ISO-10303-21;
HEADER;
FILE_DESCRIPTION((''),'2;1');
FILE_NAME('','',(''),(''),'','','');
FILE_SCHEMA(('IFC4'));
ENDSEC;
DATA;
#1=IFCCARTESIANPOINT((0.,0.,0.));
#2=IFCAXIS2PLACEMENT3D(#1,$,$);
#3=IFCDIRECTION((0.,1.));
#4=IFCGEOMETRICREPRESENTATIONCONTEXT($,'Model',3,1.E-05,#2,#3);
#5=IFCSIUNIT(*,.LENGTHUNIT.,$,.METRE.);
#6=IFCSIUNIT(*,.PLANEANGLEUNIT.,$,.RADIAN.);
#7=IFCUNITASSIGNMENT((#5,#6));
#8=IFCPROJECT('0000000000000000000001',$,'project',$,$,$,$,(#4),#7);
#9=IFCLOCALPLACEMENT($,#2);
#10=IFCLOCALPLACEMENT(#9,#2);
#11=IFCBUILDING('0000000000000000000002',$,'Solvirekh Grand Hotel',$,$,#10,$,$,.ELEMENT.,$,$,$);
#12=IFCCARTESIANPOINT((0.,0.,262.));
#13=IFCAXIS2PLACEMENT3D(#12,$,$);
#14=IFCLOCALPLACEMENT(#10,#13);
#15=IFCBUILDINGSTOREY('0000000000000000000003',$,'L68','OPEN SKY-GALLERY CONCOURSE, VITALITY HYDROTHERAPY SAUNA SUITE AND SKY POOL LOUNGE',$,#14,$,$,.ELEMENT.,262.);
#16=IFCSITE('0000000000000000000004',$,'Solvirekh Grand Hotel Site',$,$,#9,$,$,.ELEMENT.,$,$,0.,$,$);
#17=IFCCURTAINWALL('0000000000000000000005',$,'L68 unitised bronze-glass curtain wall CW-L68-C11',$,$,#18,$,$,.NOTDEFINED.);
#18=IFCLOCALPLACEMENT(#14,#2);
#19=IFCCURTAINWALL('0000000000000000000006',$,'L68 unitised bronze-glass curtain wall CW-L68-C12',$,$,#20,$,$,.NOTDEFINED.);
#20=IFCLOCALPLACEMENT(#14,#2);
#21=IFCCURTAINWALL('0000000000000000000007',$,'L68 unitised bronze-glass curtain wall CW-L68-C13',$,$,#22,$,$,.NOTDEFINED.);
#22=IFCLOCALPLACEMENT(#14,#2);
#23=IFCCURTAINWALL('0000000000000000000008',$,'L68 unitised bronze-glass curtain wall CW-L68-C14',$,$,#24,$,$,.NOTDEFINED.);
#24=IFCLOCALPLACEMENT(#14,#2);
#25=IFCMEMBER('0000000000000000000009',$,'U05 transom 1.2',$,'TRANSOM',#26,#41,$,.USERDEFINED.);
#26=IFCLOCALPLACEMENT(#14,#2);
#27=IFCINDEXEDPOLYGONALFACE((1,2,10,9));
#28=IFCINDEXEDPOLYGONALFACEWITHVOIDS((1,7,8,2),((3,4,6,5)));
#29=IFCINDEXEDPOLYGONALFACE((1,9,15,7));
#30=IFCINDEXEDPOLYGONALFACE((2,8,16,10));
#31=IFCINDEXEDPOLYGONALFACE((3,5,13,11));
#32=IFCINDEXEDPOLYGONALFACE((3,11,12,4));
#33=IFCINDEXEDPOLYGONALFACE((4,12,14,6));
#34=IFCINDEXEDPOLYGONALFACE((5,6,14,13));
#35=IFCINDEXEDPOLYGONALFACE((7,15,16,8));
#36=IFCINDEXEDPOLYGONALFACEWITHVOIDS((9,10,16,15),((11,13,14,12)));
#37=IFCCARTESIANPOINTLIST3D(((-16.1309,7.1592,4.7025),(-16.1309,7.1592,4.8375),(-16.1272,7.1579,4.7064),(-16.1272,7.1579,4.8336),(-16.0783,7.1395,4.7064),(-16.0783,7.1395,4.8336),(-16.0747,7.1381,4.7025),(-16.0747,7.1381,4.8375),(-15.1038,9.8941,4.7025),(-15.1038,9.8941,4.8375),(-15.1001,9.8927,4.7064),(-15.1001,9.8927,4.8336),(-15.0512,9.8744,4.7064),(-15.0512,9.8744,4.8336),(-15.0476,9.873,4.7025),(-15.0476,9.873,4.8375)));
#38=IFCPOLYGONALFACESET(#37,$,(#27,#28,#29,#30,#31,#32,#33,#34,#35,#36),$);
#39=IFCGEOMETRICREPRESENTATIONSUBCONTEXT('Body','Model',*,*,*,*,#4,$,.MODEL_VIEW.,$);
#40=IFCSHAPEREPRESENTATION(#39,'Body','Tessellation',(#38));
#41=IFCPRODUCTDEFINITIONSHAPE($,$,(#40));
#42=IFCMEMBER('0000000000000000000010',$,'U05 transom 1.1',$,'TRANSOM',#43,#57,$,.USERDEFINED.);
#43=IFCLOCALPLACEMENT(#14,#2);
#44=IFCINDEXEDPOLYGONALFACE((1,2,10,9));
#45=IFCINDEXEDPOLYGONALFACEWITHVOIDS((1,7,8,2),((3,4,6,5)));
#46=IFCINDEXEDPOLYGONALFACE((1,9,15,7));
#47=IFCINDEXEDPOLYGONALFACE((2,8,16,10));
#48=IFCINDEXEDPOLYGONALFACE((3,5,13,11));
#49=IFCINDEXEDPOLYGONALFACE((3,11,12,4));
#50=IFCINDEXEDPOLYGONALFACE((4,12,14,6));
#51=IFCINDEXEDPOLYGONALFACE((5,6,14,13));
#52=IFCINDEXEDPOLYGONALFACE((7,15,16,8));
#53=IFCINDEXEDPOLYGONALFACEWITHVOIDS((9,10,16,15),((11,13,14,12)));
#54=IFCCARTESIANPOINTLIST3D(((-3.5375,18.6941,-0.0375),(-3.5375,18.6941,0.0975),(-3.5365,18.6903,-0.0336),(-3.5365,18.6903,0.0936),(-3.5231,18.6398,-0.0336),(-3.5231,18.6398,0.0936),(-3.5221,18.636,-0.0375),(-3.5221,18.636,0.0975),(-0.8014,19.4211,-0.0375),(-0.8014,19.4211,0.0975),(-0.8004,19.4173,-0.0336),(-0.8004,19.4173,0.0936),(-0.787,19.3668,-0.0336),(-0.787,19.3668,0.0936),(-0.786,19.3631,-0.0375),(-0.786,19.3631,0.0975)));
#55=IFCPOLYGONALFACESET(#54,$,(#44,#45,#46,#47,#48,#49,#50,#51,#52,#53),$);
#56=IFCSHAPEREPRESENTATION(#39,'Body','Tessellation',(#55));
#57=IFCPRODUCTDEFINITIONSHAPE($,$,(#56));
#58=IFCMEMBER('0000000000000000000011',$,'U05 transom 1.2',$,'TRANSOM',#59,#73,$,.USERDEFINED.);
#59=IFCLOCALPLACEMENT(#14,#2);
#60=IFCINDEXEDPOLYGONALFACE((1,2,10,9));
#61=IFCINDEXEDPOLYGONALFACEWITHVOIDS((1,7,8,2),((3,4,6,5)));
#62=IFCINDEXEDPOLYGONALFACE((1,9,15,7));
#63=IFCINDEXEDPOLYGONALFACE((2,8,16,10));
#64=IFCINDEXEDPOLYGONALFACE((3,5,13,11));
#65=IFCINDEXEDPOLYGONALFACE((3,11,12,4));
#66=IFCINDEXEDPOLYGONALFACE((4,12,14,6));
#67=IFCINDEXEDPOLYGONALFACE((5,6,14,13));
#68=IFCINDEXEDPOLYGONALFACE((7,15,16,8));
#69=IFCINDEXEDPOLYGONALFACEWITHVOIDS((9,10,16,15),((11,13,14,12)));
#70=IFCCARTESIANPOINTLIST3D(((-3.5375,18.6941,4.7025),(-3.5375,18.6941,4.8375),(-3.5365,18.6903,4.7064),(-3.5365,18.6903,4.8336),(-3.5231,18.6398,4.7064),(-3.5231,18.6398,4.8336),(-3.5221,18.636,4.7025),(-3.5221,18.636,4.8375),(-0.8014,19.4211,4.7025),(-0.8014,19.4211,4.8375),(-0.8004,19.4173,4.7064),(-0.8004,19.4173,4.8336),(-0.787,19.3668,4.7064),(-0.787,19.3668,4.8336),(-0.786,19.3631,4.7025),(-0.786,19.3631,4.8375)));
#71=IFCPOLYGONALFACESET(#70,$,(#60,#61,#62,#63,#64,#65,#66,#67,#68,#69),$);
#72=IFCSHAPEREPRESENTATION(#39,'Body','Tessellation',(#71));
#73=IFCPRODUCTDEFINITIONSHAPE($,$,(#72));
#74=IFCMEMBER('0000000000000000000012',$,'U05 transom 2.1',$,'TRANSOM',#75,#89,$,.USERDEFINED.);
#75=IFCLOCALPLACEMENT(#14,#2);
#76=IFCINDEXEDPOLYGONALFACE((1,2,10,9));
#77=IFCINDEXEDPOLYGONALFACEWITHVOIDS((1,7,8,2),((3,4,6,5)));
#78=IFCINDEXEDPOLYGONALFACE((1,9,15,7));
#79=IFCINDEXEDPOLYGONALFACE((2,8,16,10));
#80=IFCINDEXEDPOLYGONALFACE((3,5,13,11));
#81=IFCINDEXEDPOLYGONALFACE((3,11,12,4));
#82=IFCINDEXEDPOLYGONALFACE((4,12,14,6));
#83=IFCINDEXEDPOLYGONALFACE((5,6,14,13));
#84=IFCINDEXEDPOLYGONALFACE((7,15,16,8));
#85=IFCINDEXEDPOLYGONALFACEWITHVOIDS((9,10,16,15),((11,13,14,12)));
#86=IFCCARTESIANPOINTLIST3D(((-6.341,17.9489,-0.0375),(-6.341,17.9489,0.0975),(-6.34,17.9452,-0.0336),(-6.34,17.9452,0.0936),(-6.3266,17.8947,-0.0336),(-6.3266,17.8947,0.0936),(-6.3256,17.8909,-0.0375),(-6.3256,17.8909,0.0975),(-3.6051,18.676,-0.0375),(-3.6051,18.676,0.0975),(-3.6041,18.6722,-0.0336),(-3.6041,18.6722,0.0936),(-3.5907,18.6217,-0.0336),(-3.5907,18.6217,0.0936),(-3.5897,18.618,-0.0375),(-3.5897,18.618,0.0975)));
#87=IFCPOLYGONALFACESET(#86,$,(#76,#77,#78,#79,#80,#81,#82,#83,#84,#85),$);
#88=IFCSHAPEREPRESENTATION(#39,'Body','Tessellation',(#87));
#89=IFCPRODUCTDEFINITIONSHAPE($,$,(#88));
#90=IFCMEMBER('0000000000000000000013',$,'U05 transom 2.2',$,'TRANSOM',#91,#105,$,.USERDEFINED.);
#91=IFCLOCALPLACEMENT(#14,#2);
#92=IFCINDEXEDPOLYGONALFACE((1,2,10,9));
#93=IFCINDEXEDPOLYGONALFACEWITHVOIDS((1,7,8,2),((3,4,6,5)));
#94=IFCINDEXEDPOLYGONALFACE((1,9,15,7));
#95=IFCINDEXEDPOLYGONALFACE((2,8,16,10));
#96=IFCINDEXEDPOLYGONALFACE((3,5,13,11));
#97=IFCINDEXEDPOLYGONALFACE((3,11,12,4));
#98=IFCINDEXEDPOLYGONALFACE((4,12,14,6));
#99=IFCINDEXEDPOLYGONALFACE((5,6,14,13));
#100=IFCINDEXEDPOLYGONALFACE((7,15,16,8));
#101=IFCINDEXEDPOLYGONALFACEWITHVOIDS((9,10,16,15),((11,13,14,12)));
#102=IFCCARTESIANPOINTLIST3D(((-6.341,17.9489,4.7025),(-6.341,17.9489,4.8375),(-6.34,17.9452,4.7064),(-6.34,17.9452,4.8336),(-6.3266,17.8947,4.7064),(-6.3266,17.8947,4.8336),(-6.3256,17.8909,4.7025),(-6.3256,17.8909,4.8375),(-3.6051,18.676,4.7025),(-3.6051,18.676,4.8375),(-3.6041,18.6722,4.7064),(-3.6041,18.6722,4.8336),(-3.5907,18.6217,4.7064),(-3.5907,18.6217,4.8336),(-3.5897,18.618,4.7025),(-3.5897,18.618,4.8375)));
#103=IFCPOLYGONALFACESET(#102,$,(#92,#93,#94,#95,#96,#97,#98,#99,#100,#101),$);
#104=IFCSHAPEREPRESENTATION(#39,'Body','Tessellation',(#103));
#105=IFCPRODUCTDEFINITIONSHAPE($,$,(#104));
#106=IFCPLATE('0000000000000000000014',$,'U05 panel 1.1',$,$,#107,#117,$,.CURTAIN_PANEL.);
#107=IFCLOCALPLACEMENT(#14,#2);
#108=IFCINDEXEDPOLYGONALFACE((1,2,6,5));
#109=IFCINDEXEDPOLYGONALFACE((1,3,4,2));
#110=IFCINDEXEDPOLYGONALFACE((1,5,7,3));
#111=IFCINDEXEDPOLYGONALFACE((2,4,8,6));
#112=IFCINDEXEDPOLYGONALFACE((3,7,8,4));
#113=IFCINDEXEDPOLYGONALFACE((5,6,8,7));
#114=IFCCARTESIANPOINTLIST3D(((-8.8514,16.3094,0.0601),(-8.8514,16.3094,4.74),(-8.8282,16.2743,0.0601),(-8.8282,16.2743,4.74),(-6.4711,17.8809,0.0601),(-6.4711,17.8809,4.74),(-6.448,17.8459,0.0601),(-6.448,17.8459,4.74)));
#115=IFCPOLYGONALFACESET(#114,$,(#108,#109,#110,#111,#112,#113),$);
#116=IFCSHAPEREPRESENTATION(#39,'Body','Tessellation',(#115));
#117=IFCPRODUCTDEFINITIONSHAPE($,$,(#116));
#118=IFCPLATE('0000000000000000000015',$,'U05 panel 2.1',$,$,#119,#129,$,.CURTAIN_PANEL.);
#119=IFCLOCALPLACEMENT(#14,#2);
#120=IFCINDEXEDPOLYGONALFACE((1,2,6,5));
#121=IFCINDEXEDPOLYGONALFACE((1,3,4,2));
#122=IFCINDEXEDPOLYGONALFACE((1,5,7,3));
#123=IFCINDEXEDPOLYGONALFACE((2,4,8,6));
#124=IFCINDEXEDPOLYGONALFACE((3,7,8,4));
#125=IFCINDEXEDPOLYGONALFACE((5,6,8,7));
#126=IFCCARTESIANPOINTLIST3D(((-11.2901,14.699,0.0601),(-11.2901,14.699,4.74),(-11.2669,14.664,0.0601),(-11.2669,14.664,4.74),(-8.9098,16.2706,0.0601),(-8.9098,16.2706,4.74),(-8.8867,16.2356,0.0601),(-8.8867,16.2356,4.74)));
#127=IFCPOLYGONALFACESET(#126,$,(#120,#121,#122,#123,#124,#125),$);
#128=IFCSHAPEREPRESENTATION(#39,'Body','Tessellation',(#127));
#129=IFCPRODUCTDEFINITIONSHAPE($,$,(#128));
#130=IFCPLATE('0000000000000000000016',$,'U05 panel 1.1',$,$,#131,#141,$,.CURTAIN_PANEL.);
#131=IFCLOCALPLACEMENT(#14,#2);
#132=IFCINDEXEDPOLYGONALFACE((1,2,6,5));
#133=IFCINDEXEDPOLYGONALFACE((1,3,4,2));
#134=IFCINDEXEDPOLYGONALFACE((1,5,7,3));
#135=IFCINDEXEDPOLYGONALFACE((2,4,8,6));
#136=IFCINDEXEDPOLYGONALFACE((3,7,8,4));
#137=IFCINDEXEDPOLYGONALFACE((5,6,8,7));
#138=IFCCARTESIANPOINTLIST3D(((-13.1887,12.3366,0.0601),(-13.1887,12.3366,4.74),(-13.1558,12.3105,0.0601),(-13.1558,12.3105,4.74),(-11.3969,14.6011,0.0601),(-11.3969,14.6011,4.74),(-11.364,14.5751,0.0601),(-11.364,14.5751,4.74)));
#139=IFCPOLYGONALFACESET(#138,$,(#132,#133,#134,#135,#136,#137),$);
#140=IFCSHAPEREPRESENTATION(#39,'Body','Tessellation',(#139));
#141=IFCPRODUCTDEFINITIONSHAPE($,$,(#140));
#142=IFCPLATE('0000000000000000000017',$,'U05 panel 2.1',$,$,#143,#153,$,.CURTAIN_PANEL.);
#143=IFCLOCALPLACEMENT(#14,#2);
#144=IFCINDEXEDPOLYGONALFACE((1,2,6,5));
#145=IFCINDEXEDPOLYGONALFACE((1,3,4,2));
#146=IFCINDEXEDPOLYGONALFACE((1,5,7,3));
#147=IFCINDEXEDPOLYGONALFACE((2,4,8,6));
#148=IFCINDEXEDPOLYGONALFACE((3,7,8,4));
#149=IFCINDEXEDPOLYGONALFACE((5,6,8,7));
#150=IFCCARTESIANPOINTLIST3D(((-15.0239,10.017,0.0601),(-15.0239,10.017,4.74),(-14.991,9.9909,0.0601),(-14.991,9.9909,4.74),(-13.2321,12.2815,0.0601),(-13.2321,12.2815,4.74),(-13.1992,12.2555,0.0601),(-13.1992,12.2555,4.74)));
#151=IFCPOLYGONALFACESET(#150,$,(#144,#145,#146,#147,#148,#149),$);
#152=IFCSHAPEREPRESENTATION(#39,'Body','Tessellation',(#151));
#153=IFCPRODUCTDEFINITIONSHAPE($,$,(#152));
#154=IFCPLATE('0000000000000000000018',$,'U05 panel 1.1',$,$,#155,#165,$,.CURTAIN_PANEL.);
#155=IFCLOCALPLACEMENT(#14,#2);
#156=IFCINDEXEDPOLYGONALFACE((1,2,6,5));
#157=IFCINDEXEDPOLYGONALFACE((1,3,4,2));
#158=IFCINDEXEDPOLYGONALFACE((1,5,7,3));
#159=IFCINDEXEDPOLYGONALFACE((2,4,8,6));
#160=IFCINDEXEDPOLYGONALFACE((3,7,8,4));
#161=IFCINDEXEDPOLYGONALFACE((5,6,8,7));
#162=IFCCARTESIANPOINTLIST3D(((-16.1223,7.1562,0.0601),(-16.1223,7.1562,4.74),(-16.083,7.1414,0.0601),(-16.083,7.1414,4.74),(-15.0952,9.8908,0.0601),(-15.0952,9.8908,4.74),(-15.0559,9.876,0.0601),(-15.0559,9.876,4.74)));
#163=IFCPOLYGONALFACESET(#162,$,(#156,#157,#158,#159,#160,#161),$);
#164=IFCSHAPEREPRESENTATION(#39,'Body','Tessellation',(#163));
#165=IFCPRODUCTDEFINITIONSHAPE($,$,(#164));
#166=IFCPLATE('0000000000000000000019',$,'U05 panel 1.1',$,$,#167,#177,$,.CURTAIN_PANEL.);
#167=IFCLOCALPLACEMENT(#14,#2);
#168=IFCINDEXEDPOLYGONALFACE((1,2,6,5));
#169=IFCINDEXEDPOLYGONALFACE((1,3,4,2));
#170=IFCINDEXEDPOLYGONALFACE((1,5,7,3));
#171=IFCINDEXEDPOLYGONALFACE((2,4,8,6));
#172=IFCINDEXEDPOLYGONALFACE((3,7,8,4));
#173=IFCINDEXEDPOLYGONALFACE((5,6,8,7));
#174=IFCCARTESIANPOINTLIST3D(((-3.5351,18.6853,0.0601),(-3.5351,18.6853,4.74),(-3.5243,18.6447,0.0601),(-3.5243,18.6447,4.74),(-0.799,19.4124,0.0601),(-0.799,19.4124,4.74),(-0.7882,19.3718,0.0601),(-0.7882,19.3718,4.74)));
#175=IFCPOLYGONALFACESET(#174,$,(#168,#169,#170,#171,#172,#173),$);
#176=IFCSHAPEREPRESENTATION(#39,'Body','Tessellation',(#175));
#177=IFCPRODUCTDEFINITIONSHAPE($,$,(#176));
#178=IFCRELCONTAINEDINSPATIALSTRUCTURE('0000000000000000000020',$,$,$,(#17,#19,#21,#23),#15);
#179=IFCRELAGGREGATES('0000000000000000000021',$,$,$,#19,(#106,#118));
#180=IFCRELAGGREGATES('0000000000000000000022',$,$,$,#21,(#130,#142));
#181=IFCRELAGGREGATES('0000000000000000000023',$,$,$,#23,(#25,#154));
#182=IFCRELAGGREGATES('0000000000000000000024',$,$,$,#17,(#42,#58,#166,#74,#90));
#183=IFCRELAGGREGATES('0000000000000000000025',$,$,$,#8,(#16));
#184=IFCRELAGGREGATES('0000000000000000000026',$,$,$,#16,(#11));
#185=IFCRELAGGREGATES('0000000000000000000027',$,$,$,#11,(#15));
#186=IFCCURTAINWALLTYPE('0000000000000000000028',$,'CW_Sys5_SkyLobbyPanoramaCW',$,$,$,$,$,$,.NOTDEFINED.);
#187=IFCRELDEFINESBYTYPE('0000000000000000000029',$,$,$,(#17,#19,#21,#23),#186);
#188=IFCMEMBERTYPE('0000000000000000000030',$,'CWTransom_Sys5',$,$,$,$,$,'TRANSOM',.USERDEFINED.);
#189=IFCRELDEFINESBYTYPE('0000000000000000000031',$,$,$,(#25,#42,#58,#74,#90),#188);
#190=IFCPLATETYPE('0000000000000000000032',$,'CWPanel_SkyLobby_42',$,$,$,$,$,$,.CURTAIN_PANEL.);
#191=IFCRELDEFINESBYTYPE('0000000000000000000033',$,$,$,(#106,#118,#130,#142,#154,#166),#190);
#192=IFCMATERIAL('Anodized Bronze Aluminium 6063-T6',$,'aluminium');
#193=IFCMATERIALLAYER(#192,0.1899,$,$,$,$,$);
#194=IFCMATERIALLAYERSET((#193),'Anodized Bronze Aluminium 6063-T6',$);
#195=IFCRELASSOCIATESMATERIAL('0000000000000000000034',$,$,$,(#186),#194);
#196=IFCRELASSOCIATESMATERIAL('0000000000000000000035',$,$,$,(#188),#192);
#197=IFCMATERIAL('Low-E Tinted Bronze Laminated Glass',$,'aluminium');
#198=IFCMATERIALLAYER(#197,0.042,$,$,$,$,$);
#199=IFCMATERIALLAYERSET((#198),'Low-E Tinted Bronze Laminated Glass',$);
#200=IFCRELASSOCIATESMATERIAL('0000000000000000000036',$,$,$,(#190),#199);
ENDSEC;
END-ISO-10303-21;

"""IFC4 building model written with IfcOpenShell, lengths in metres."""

from ifc_helpers import new_model, si_unit, direction, frame, origin, origin_2d, place, context, subcontext, project, spatial, rectangle, hollow_rectangle, extrude, source, transform, mapped, material, layer, layer_set, material_profile, profile_set, type_object, element, aggregate, save


model = new_model("IFC4")

# Units and contexts
model_context = context("Model", 3, precision=1e-05, world=origin(), true_north=direction((0.0, 1.0)))
body_context = subcontext(model_context, "Body", "Model", "MODEL_VIEW")
ifc_project = project(units=[si_unit("LENGTHUNIT", "METRE"), si_unit("PLANEANGLEUNIT", "RADIAN")], contexts=[model_context])

# Site, building, storey
site_placement = place(None, origin())
site = spatial("IfcSite", under=ifc_project, at=site_placement, Name="Solvirekh Grand Hotel Site", CompositionType="ELEMENT", RefElevation=0.0)
building_placement = place(site_placement, origin())
building = spatial("IfcBuilding", under=site, at=building_placement, Name="Solvirekh Grand Hotel", CompositionType="ELEMENT")
storey_placement = place(building_placement, frame((0.0, 0.0, 262.0)))
storey = spatial("IfcBuildingStorey", under=building, at=storey_placement, Name="L68", Description="OPEN SKY-GALLERY CONCOURSE, VITALITY HYDROTHERAPY SAUNA SUITE AND SKY POOL LOUNGE", CompositionType="ELEMENT", Elevation=262.0)

# Shared definitions
ifc_material_1 = material(Name="Anodized Bronze Aluminium 6063-T6", Category="aluminium")
ifc_layer_1 = layer(ifc_material_1, 0.1899)
ifc_layer_set_1 = layer_set([ifc_layer_1], Name="Anodized Bronze Aluminium 6063-T6")
curtain_wall_type = type_object("IfcCurtainWallType", Name="CW_Sys5_SkyLobbyPanoramaCW", PredefinedType="NOTDEFINED", material=ifc_layer_set_1)

# Curtain walls
curtain_wall_1_placement = place(storey_placement, origin())
curtain_wall_1 = element("IfcCurtainWall", 1, at=curtain_wall_1_placement, inside=storey, type_object=curtain_wall_type, Name="L68 unitised bronze-glass curtain wall CW-L68-C11", PredefinedType="NOTDEFINED")
curtain_wall_2_placement = place(storey_placement, origin())
curtain_wall_2 = element("IfcCurtainWall", 2, at=curtain_wall_2_placement, inside=storey, type_object=curtain_wall_type, Name="L68 unitised bronze-glass curtain wall CW-L68-C12", PredefinedType="NOTDEFINED")
curtain_wall_3_placement = place(storey_placement, origin())
curtain_wall_3 = element("IfcCurtainWall", 3, at=curtain_wall_3_placement, inside=storey, type_object=curtain_wall_type, Name="L68 unitised bronze-glass curtain wall CW-L68-C13", PredefinedType="NOTDEFINED")
curtain_wall_4_placement = place(storey_placement, origin())
curtain_wall_4 = element("IfcCurtainWall", 4, at=curtain_wall_4_placement, inside=storey, type_object=curtain_wall_type, Name="L68 unitised bronze-glass curtain wall CW-L68-C14", PredefinedType="NOTDEFINED")

# Members
ifc_material_profile_1 = material_profile(ifc_material_1, hollow_rectangle(XDim=0.0601, YDim=0.135, WallThickness=0.0039, at=origin_2d()), Name="ALU RHS 135X60X4")
ifc_profile_set_1 = profile_set([ifc_material_profile_1], Name="Anodized Bronze Aluminium 6063-T6")
member_type_1 = type_object("IfcMemberType", Name="CWTransom_Sys5", ElementType="TRANSOM", PredefinedType="USERDEFINED", material=ifc_profile_set_1)
shared_shape_1 = source(origin(), body_context, "Body", "SweptSolid", [
    extrude(hollow_rectangle(XDim=0.0601, YDim=0.135, WallThickness=0.0039, at=origin_2d()), origin(), (0.0, 0.0, 1.0), 2.9214),
])
member_1_placement = place(storey_placement, frame((-15.0757, 9.8835, 4.77), z_axis=(-0.351581, -0.936157, 0.0), x_axis=(0.936157, -0.351581, 0.0)))
member_1 = element("IfcMember", 5, at=member_1_placement, type_object=member_type_1, Name="U05 transom 1.2", ObjectType="TRANSOM", PredefinedType="USERDEFINED", context=body_context, shape_type="MappedRepresentation", body=[
    mapped(shared_shape_1, transform((0.0, 0.0, 0.0), x_axis=(1.0, 0.0, 0.0), y_axis=(0.0, 1.0, 0.0), z_axis=(0.0, 0.0, 1.0), scale=1.0)),
])
shared_shape_2 = source(origin(), body_context, "Body", "SweptSolid", [
    extrude(hollow_rectangle(XDim=0.0601, YDim=0.135, WallThickness=0.0039, at=origin_2d()), origin(), (0.0, 0.0, 1.0), 2.8311),
])
member_2_placement = place(storey_placement, frame((-0.7937, 19.3921, 0.03), z_axis=(-0.966461, -0.256814, 0.0), x_axis=(0.256814, -0.966461, 0.0)))
member_2 = element("IfcMember", 6, at=member_2_placement, type_object=member_type_1, Name="U05 transom 1.1", ObjectType="TRANSOM", PredefinedType="USERDEFINED", context=body_context, shape_type="MappedRepresentation", body=[
    mapped(shared_shape_2, transform((0.0, 0.0, 0.0), x_axis=(1.0, 0.0, 0.0), y_axis=(0.0, 1.0, 0.0), z_axis=(0.0, 0.0, 1.0), scale=1.0)),
])
member_3_placement = place(storey_placement, frame((-0.7937, 19.3921, 4.77), z_axis=(-0.966461, -0.256814, 0.0), x_axis=(0.256814, -0.966461, 0.0)))
member_3 = element("IfcMember", 7, at=member_3_placement, type_object=member_type_1, Name="U05 transom 1.2", ObjectType="TRANSOM", PredefinedType="USERDEFINED", context=body_context, shape_type="MappedRepresentation", body=[
    mapped(shared_shape_2, transform((0.0, 0.0, 0.0), x_axis=(1.0, 0.0, 0.0), y_axis=(0.0, 1.0, 0.0), z_axis=(0.0, 0.0, 1.0), scale=1.0)),
])
shared_shape_3 = source(origin(), body_context, "Body", "SweptSolid", [
    extrude(hollow_rectangle(XDim=0.0601, YDim=0.135, WallThickness=0.0039, at=origin_2d()), origin(), (0.0, 0.0, 1.0), 2.8308),
])
member_4_placement = place(storey_placement, frame((-3.5974, 18.647, 0.03), z_axis=(-0.966455, -0.256836, 0.0), x_axis=(0.256836, -0.966455, 0.0)))
member_4 = element("IfcMember", 8, at=member_4_placement, type_object=member_type_1, Name="U05 transom 2.1", ObjectType="TRANSOM", PredefinedType="USERDEFINED", context=body_context, shape_type="MappedRepresentation", body=[
    mapped(shared_shape_3, transform((0.0, 0.0, 0.0), x_axis=(1.0, 0.0, 0.0), y_axis=(0.0, 1.0, 0.0), z_axis=(0.0, 0.0, 1.0), scale=1.0)),
])
member_5_placement = place(storey_placement, frame((-3.5974, 18.647, 4.77), z_axis=(-0.966455, -0.256836, 0.0), x_axis=(0.256836, -0.966455, 0.0)))
member_5 = element("IfcMember", 9, at=member_5_placement, type_object=member_type_1, Name="U05 transom 2.2", ObjectType="TRANSOM", PredefinedType="USERDEFINED", context=body_context, shape_type="MappedRepresentation", body=[
    mapped(shared_shape_3, transform((0.0, 0.0, 0.0), x_axis=(1.0, 0.0, 0.0), y_axis=(0.0, 1.0, 0.0), z_axis=(0.0, 0.0, 1.0), scale=1.0)),
])

# Plates
ifc_material_2 = material(Name="Low-E Tinted Bronze Laminated Glass", Category="aluminium")
ifc_layer_2 = layer(ifc_material_2, 0.042)
ifc_layer_set_2 = layer_set([ifc_layer_2], Name="Low-E Tinted Bronze Laminated Glass")
plate_type = type_object("IfcPlateType", Name="CWPanel_SkyLobby_42", PredefinedType="CURTAIN_PANEL", material=ifc_layer_set_2)
shared_shape_4 = source(origin(), body_context, "Body", "SweptSolid", [
    extrude(rectangle(XDim=2.8523, YDim=0.042, at=origin_2d()), origin(), (0.0, 0.0, 1.0), 4.6799),
])
plate_1_placement = place(storey_placement, frame((-7.6497, 17.0776, 0.0601), z_axis=(0.0, 0.0, 1.0), x_axis=(-0.834513, -0.550988, 0.0)))
plate_1 = element("IfcPlate", 10, at=plate_1_placement, type_object=plate_type, Name="U05 panel 1.1", PredefinedType="CURTAIN_PANEL", context=body_context, shape_type="MappedRepresentation", body=[
    mapped(shared_shape_4, transform((0.0, 0.0, 0.0), x_axis=(1.0, 0.0, 0.0), y_axis=(0.0, 1.0, 0.0), z_axis=(0.0, 0.0, 1.0), scale=1.0)),
])
plate_2_placement = place(storey_placement, frame((-10.0884, 15.4673, 0.0601), z_axis=(0.0, 0.0, 1.0), x_axis=(-0.834513, -0.550988, 0.0)))
plate_2 = element("IfcPlate", 11, at=plate_2_placement, type_object=plate_type, Name="U05 panel 2.1", PredefinedType="CURTAIN_PANEL", context=body_context, shape_type="MappedRepresentation", body=[
    mapped(shared_shape_4, transform((0.0, 0.0, 0.0), x_axis=(1.0, 0.0, 0.0), y_axis=(0.0, 1.0, 0.0), z_axis=(0.0, 0.0, 1.0), scale=1.0)),
])
aggregate(curtain_wall_2, [plate_1, plate_2])
shared_shape_5 = source(origin(), body_context, "Body", "SweptSolid", [
    extrude(rectangle(XDim=2.8877, YDim=0.042, at=origin_2d()), origin(), (0.0, 0.0, 1.0), 4.6799),
])
plate_3_placement = place(storey_placement, frame((-12.2764, 13.4558, 0.0601), z_axis=(0.0, 0.0, 1.0), x_axis=(-0.620489, -0.784215, 0.0)))
plate_3 = element("IfcPlate", 12, at=plate_3_placement, type_object=plate_type, Name="U05 panel 1.1", PredefinedType="CURTAIN_PANEL", context=body_context, shape_type="MappedRepresentation", body=[
    mapped(shared_shape_5, transform((0.0, 0.0, 0.0), x_axis=(1.0, 0.0, 0.0), y_axis=(0.0, 1.0, 0.0), z_axis=(0.0, 0.0, 1.0), scale=1.0)),
])
plate_4_placement = place(storey_placement, frame((-14.1116, 11.1362, 0.0601), z_axis=(0.0, 0.0, 1.0), x_axis=(-0.620489, -0.784215, 0.0)))
plate_4 = element("IfcPlate", 13, at=plate_4_placement, type_object=plate_type, Name="U05 panel 2.1", PredefinedType="CURTAIN_PANEL", context=body_context, shape_type="MappedRepresentation", body=[
    mapped(shared_shape_5, transform((0.0, 0.0, 0.0), x_axis=(1.0, 0.0, 0.0), y_axis=(0.0, 1.0, 0.0), z_axis=(0.0, 0.0, 1.0), scale=1.0)),
])
aggregate(curtain_wall_3, [plate_3, plate_4])
shared_shape_6 = source(origin(), body_context, "Body", "SweptSolid", [
    extrude(rectangle(XDim=2.9211, YDim=0.042, at=origin_2d()), origin(), (0.0, 0.0, 1.0), 4.6799),
])
plate_5_placement = place(storey_placement, frame((-15.5891, 8.5161, 0.0601), z_axis=(0.0, 0.0, 1.0), x_axis=(-0.351594, -0.936153, 0.0)))
plate_5 = element("IfcPlate", 14, at=plate_5_placement, type_object=plate_type, Name="U05 panel 1.1", PredefinedType="CURTAIN_PANEL", context=body_context, shape_type="MappedRepresentation", body=[
    mapped(shared_shape_6, transform((0.0, 0.0, 0.0), x_axis=(1.0, 0.0, 0.0), y_axis=(0.0, 1.0, 0.0), z_axis=(0.0, 0.0, 1.0), scale=1.0)),
])
aggregate(curtain_wall_4, [member_1, plate_5])
shared_shape_7 = source(origin(), body_context, "Body", "SweptSolid", [
    extrude(rectangle(XDim=2.8311, YDim=0.042, at=origin_2d()), origin(), (0.0, 0.0, 1.0), 4.6799),
])
plate_6_placement = place(storey_placement, frame((-2.1616, 19.0286, 0.0601), z_axis=(0.0, 0.0, 1.0), x_axis=(-0.966461, -0.256815, 0.0)))
plate_6 = element("IfcPlate", 15, at=plate_6_placement, type_object=plate_type, Name="U05 panel 1.1", PredefinedType="CURTAIN_PANEL", context=body_context, shape_type="MappedRepresentation", body=[
    mapped(shared_shape_7, transform((0.0, 0.0, 0.0), x_axis=(1.0, 0.0, 0.0), y_axis=(0.0, 1.0, 0.0), z_axis=(0.0, 0.0, 1.0), scale=1.0)),
])
aggregate(curtain_wall_1, [member_2, member_3, plate_6, member_4, member_5])

save(model, "model.ifc")
